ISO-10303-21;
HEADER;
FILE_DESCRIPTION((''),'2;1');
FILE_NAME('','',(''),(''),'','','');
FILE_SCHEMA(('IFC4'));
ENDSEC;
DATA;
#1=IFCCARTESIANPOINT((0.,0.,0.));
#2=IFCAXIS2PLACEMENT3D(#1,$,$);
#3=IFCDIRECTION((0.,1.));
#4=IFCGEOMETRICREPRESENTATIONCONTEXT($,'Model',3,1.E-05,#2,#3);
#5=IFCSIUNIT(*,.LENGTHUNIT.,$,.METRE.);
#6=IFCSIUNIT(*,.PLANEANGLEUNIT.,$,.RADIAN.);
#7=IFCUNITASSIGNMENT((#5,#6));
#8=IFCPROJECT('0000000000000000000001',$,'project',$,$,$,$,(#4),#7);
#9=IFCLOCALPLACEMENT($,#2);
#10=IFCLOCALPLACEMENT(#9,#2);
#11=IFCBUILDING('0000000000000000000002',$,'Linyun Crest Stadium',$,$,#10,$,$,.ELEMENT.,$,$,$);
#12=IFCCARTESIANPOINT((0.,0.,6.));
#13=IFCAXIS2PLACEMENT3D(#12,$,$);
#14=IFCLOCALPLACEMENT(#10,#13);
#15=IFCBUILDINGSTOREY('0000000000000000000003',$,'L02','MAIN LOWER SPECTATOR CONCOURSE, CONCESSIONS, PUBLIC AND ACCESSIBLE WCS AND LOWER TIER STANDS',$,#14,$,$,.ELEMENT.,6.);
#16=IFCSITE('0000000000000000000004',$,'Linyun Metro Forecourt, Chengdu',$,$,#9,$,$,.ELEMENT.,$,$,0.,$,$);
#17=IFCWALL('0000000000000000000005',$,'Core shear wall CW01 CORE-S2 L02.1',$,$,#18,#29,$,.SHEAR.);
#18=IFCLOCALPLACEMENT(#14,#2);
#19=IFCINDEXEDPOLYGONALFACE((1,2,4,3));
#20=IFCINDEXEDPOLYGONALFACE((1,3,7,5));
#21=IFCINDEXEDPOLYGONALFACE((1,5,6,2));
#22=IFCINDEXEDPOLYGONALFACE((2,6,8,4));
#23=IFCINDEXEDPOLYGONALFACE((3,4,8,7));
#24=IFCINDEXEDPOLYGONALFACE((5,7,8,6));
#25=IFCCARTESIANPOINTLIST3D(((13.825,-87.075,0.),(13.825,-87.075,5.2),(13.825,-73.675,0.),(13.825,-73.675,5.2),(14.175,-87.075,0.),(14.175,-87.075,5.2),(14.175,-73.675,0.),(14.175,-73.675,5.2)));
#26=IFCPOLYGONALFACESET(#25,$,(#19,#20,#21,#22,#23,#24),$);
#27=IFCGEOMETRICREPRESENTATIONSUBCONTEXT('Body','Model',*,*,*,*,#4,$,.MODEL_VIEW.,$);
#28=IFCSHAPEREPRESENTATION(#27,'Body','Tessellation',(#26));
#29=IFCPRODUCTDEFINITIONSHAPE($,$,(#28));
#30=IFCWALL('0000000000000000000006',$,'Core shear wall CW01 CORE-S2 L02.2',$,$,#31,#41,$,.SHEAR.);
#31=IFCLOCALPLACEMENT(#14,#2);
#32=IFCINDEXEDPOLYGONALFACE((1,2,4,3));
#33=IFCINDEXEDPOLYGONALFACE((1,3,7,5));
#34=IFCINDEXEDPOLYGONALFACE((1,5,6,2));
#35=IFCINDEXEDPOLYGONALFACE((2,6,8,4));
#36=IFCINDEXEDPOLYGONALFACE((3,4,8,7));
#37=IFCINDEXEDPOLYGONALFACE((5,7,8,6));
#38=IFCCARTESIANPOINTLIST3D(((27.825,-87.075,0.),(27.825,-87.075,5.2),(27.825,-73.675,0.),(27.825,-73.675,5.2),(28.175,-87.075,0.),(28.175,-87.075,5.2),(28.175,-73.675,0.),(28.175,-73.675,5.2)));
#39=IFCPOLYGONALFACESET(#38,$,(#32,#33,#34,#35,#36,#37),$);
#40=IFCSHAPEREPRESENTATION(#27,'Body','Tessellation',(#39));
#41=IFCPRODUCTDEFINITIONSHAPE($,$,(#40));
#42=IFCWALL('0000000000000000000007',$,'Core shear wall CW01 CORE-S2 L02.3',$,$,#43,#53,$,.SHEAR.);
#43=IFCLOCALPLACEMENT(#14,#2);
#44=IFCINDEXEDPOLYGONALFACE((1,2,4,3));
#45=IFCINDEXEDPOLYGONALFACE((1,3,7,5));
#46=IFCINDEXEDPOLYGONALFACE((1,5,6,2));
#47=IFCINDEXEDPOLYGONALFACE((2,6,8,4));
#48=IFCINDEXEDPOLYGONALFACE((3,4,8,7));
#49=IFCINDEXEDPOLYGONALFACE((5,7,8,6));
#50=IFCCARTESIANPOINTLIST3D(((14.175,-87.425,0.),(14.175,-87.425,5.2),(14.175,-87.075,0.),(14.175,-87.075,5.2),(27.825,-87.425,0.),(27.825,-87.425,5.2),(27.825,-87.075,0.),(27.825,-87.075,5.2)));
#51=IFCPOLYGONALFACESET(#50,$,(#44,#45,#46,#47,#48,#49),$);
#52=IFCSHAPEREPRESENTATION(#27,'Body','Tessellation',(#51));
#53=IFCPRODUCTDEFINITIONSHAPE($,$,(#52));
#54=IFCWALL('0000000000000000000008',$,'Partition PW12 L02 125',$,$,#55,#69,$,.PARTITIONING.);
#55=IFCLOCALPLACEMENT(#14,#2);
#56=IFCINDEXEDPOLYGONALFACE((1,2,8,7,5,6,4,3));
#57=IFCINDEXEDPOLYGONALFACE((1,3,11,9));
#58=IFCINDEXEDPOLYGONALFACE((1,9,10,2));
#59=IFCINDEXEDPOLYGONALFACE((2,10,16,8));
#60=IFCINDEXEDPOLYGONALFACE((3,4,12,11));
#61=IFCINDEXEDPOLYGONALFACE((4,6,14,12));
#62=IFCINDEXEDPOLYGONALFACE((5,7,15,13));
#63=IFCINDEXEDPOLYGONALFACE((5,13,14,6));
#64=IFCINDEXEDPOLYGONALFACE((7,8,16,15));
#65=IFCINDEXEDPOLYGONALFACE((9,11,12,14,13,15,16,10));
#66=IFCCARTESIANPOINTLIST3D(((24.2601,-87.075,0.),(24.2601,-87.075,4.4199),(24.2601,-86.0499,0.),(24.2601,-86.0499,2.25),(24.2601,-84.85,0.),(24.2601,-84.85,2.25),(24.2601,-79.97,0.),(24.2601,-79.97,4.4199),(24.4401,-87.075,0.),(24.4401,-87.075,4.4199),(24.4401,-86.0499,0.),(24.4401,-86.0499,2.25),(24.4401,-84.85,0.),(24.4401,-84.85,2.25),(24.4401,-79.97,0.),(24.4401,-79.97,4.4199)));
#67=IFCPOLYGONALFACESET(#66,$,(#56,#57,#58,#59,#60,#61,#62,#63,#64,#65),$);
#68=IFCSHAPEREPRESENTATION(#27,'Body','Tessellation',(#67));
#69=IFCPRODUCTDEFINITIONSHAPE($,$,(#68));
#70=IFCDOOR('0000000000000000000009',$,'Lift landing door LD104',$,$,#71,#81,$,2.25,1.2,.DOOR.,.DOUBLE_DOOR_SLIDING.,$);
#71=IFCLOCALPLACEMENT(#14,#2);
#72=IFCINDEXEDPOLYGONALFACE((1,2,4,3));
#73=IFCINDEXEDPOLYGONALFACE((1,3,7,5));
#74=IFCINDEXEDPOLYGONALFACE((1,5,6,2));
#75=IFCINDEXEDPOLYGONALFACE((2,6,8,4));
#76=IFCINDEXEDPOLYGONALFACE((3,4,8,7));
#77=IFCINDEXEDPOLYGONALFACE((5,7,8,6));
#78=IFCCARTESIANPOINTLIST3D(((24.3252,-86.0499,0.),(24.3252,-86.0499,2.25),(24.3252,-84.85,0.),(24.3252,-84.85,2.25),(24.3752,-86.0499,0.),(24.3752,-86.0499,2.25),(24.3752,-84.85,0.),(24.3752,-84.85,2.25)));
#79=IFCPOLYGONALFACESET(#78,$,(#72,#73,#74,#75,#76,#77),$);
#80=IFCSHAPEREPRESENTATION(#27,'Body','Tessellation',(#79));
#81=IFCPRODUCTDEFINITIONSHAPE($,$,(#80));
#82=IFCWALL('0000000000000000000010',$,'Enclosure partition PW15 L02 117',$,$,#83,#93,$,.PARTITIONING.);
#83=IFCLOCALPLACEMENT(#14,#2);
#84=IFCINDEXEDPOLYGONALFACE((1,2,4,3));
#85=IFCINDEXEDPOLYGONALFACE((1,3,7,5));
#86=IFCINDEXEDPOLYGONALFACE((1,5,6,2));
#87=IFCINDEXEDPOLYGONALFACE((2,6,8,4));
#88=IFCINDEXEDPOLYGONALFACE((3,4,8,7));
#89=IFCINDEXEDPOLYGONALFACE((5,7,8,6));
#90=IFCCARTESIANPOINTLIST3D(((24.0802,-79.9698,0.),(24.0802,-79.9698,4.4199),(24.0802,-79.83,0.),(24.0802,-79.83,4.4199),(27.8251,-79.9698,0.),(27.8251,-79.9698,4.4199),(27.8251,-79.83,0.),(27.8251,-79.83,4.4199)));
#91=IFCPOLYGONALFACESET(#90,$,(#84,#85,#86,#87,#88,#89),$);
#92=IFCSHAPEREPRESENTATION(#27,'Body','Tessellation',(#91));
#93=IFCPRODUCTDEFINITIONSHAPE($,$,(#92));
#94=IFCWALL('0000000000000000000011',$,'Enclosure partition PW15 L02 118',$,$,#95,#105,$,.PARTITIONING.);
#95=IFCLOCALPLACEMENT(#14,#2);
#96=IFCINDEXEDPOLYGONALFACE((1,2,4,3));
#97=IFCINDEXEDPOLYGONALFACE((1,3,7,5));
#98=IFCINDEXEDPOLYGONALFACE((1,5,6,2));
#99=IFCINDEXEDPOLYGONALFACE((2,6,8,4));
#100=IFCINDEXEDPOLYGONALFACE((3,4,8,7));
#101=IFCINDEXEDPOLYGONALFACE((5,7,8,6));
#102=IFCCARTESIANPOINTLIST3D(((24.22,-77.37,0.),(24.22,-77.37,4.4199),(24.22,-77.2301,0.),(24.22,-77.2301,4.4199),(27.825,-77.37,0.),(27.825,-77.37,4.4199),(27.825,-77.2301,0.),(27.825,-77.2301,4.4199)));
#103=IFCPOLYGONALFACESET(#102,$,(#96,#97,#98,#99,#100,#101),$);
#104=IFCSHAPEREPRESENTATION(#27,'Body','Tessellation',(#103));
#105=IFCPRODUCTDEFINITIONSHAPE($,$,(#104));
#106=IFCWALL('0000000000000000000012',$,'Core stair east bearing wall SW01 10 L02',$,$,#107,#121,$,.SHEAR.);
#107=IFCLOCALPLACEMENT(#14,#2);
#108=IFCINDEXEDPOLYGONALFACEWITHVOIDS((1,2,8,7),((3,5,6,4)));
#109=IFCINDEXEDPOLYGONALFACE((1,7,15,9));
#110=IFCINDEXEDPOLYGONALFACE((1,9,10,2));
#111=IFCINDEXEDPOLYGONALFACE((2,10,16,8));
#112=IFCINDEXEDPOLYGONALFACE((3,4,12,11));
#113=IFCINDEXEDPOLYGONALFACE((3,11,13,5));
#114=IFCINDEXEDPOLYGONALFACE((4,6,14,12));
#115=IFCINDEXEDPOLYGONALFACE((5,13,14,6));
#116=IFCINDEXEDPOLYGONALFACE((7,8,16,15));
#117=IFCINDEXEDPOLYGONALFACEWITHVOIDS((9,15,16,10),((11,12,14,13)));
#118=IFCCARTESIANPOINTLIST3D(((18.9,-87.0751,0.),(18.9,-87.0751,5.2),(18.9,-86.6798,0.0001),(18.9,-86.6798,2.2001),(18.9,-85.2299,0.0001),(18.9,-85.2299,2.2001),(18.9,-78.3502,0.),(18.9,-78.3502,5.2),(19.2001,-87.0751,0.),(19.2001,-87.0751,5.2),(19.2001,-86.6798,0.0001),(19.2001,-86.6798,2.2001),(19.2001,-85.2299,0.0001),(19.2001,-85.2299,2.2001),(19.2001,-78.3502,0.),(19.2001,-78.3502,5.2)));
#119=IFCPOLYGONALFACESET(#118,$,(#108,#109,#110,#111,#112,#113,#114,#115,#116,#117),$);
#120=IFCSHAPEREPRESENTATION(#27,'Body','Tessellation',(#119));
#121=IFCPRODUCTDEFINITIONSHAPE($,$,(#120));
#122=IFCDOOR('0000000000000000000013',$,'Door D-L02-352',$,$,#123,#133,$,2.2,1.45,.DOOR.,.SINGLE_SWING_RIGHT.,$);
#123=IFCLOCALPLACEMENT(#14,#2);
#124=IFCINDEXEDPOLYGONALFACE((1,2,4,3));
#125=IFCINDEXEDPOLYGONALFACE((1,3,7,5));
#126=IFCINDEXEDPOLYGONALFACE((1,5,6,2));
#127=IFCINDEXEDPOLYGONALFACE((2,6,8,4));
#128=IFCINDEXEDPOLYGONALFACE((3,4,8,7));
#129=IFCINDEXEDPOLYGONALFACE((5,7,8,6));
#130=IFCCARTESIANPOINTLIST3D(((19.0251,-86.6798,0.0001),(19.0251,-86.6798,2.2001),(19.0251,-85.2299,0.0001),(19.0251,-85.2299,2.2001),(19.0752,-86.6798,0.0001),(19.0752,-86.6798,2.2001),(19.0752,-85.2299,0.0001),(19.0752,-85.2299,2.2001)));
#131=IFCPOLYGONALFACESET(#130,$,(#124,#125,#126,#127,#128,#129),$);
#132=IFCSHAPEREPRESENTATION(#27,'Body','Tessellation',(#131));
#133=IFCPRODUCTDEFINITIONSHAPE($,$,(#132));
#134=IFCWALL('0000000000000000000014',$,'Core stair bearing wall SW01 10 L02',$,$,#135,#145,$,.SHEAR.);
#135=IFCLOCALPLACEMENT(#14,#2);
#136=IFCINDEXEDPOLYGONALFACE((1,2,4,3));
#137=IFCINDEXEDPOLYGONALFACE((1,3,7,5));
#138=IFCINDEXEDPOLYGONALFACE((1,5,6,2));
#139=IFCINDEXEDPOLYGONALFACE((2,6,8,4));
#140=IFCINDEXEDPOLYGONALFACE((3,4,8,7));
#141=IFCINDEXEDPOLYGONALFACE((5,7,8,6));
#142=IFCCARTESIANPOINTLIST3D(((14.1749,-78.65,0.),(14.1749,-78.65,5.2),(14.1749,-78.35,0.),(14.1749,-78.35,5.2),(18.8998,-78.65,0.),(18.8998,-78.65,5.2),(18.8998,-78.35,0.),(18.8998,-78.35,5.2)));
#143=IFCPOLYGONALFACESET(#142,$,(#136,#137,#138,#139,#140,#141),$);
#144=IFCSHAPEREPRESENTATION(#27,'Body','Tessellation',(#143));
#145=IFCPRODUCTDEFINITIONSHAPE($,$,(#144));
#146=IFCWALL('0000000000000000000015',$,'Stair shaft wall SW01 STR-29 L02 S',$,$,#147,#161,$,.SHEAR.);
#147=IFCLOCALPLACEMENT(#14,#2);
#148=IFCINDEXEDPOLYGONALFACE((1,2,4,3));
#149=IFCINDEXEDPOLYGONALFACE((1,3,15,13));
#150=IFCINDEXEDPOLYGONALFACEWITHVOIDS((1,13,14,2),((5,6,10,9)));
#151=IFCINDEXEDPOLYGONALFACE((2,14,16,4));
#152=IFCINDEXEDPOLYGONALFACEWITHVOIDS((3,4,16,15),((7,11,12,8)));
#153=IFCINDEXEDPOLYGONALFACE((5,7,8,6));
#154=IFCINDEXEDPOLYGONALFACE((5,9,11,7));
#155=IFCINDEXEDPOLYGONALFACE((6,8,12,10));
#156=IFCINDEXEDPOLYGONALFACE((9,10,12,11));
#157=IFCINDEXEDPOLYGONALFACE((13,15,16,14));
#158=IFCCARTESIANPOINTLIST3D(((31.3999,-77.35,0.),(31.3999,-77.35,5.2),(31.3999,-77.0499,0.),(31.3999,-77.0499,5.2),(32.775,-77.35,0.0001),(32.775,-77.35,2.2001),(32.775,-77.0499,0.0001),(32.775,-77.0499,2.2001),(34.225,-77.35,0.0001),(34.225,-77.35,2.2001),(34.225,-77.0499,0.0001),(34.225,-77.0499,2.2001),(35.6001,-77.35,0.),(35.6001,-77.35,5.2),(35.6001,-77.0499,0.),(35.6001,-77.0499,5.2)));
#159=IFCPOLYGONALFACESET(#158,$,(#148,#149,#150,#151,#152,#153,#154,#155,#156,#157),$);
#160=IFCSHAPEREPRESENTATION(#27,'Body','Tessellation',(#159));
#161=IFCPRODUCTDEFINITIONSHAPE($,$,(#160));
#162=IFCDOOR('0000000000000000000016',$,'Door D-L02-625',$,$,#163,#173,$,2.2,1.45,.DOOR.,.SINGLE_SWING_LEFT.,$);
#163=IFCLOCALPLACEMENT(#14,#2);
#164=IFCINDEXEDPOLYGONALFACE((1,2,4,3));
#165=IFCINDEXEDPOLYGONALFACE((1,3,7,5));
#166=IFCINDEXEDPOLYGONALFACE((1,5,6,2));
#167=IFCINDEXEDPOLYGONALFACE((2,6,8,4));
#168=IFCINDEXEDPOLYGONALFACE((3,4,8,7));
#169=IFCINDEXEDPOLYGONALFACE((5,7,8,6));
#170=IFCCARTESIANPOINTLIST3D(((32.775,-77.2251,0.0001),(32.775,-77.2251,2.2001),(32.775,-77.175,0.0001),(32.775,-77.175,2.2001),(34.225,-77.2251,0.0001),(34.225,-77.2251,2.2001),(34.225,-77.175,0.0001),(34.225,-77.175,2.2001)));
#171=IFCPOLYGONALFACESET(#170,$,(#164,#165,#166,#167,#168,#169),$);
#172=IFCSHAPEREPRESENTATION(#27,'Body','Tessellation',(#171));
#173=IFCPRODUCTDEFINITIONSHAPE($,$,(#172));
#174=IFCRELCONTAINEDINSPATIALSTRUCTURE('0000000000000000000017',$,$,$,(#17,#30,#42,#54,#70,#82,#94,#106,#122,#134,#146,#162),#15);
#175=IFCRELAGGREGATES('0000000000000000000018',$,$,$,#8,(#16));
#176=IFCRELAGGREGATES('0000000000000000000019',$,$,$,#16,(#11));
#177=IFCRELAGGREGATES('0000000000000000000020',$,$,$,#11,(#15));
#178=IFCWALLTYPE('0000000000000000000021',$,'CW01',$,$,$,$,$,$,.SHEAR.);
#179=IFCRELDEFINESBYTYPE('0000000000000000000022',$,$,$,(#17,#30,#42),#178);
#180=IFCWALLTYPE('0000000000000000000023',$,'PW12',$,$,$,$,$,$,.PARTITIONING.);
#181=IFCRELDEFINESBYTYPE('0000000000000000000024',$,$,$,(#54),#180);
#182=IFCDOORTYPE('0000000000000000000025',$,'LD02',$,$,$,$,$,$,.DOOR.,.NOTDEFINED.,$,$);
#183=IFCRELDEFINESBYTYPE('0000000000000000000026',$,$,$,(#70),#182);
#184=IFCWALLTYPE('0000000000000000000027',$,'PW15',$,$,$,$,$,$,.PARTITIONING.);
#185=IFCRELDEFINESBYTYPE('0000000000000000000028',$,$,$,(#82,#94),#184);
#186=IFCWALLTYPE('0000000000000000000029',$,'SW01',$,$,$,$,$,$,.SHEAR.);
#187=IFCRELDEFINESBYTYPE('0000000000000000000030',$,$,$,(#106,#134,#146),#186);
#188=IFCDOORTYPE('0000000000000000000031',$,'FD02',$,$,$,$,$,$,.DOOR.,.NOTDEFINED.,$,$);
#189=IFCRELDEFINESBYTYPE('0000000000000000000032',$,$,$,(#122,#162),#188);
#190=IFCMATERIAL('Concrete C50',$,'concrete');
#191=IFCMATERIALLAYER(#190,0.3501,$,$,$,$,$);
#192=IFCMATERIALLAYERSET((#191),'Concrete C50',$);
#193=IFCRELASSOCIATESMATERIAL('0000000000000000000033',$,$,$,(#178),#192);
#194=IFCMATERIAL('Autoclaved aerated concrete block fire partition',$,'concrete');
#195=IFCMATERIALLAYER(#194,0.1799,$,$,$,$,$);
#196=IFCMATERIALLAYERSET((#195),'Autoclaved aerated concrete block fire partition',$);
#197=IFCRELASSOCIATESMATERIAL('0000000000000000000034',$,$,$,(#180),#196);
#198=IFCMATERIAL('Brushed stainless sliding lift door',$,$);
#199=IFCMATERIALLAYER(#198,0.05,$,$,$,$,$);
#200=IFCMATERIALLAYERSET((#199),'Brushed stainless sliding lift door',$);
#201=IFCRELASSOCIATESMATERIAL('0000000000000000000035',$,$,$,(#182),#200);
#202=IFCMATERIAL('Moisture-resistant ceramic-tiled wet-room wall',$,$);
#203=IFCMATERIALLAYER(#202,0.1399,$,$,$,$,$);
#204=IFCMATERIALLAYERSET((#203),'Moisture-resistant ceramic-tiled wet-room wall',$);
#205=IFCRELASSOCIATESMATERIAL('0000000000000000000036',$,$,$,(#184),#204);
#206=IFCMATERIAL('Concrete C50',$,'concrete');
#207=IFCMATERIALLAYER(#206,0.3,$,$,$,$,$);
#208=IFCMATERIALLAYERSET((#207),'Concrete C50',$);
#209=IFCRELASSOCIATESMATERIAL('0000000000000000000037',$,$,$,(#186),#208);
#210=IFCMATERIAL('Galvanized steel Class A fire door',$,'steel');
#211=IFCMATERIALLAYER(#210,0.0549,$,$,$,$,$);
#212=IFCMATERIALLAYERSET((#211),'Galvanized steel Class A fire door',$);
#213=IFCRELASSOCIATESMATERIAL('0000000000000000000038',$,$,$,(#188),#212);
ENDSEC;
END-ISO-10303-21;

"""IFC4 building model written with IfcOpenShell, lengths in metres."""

from ifc_helpers import new_model, si_unit, direction, frame, frame_2d, origin, place, context, subcontext, project, spatial, rectangle, extrude, material, layer, layer_set, type_object, element, fill, save


model = new_model("IFC4")

# Units and contexts
model_context = context("Model", 3, precision=1e-05, world=origin(), true_north=direction((0.0, 1.0)))
body_context = subcontext(model_context, "Body", "Model", "MODEL_VIEW")
ifc_project = project(units=[si_unit("LENGTHUNIT", "METRE"), si_unit("PLANEANGLEUNIT", "RADIAN")], contexts=[model_context])

# Site, building, storey
site_placement = place(None, origin())
site = spatial("IfcSite", under=ifc_project, at=site_placement, Name="Linyun Metro Forecourt, Chengdu", CompositionType="ELEMENT", RefElevation=0.0)
building_placement = place(site_placement, origin())
building = spatial("IfcBuilding", under=site, at=building_placement, Name="Linyun Crest Stadium", CompositionType="ELEMENT")
storey_placement = place(building_placement, frame((0.0, 0.0, 6.0)))
storey = spatial("IfcBuildingStorey", under=building, at=storey_placement, Name="L02", Description="MAIN LOWER SPECTATOR CONCOURSE, CONCESSIONS, PUBLIC AND ACCESSIBLE WCS AND LOWER TIER STANDS", CompositionType="ELEMENT", Elevation=6.0)

# Walls
ifc_material_1 = material(Name="Concrete C50", Category="concrete")
ifc_layer_1 = layer(ifc_material_1, 0.3501)
ifc_layer_set_1 = layer_set([ifc_layer_1], Name="Concrete C50")
wall_type_1 = type_object("IfcWallType", Name="CW01", PredefinedType="SHEAR", material=ifc_layer_set_1)
for number, where, z_axis, x_axis, name in (
    (1, (14.0, -87.075, 0.0), (0.0, 0.0, 1.0), (0.0, 1.0, 0.0), "Core shear wall CW01 CORE-S2 L02.1"),
    (2, (28.0, -87.075, 0.0), (0.0, 0.0, 1.0), (0.0, 1.0, 0.0), "Core shear wall CW01 CORE-S2 L02.2"),
):
    element("IfcWall", number, at=place(storey_placement, frame(where, z_axis=z_axis, x_axis=x_axis)), inside=storey, type_object=wall_type_1, Name=name, PredefinedType="SHEAR", context=body_context, shape_type="SweptSolid", body=[
        extrude(rectangle(XDim=13.3999, YDim=0.3501, at=frame_2d((6.7, 0.0))), origin(), (0.0, 0.0, 1.0), 5.2),
    ])
wall_1_placement = place(storey_placement, frame((14.175, -87.25, 0.0), z_axis=(0.0, 0.0, 1.0), x_axis=(1.0, 0.0, 0.0)))
element("IfcWall", 3, at=wall_1_placement, inside=storey, type_object=wall_type_1, Name="Core shear wall CW01 CORE-S2 L02.3", PredefinedType="SHEAR", context=body_context, shape_type="SweptSolid", body=[
    extrude(rectangle(XDim=13.6499, YDim=0.3501, at=frame_2d((6.825, 0.0))), origin(), (0.0, 0.0, 1.0), 5.2),
])

# Wall, opening, door
ifc_material_2 = material(Name="Autoclaved aerated concrete block fire partition", Category="concrete")
ifc_layer_2 = layer(ifc_material_2, 0.1799)
ifc_layer_set_2 = layer_set([ifc_layer_2], Name="Autoclaved aerated concrete block fire partition")
wall_type_2 = type_object("IfcWallType", Name="PW12", PredefinedType="PARTITIONING", material=ifc_layer_set_2)
wall_2_placement = place(storey_placement, frame((24.3501, -87.075, 0.0), z_axis=(0.0, 0.0, 1.0), x_axis=(0.0, 1.0, 0.0)))
wall_2 = element("IfcWall", 4, at=wall_2_placement, inside=storey, type_object=wall_type_2, Name="Partition PW12 L02 125", PredefinedType="PARTITIONING", context=body_context, shape_type="SweptSolid", body=[
    extrude(rectangle(XDim=7.105, YDim=0.1799, at=frame_2d((3.5525, 0.0))), origin(), (0.0, 0.0, 1.0), 4.4199),
])
opening_1_placement = place(wall_2_placement, frame((1.0249, 0.0, 0.0)))
opening_1 = element("IfcOpeningElement", 5, at=opening_1_placement, cuts=wall_2, PredefinedType="OPENING", context=body_context, shape_type="SweptSolid", body=[
    extrude(rectangle(XDim=1.2, YDim=2.25, at=frame_2d((0.6001, 1.125))), frame((0.0, 0.0999, 0.0), z_axis=(0.0, -1.0, 0.0), x_axis=(1.0, 0.0, 0.0)), (0.0, 0.0, 1.0), 0.2),
])
ifc_material_3 = material(Name="Brushed stainless sliding lift door")
ifc_layer_3 = layer(ifc_material_3, 0.05)
ifc_layer_set_3 = layer_set([ifc_layer_3], Name="Brushed stainless sliding lift door")
door_type_1 = type_object("IfcDoorType", Name="LD02", OperationType="NOTDEFINED", PredefinedType="DOOR", material=ifc_layer_set_3)
door_1_placement = place(opening_1_placement, origin())
door_1 = element("IfcDoor", 6, at=door_1_placement, inside=storey, type_object=door_type_1, Name="Lift landing door LD104", OperationType="DOUBLE_DOOR_SLIDING", OverallHeight=2.25, OverallWidth=1.2, PredefinedType="DOOR", context=body_context, shape_type="SweptSolid", body=[
    extrude(rectangle(XDim=1.2, YDim=2.25, at=frame_2d((0.6001, 1.125))), frame((0.0, 0.0249, 0.0), z_axis=(0.0, -1.0, 0.0), x_axis=(1.0, 0.0, 0.0)), (0.0, 0.0, 1.0), 0.05),
])
fill(opening_1, door_1)

# Shared definitions
ifc_material_4 = material(Name="Moisture-resistant ceramic-tiled wet-room wall")
ifc_layer_4 = layer(ifc_material_4, 0.1399)
ifc_layer_set_4 = layer_set([ifc_layer_4], Name="Moisture-resistant ceramic-tiled wet-room wall")
wall_type_3 = type_object("IfcWallType", Name="PW15", PredefinedType="PARTITIONING", material=ifc_layer_set_4)

# Walls
wall_3_placement = place(storey_placement, frame((24.0801, -79.8999, 0.0), z_axis=(0.0, 0.0, 1.0), x_axis=(1.0, 0.0, 0.0)))
element("IfcWall", 7, at=wall_3_placement, inside=storey, type_object=wall_type_3, Name="Enclosure partition PW15 L02 117", PredefinedType="PARTITIONING", context=body_context, shape_type="SweptSolid", body=[
    extrude(rectangle(XDim=3.7449, YDim=0.1399, at=frame_2d((1.8726, 0.0))), origin(), (0.0, 0.0, 1.0), 4.4199),
])
wall_4_placement = place(storey_placement, frame((24.22, -77.3, 0.0), z_axis=(0.0, 0.0, 1.0), x_axis=(1.0, 0.0, 0.0)))
element("IfcWall", 8, at=wall_4_placement, inside=storey, type_object=wall_type_3, Name="Enclosure partition PW15 L02 118", PredefinedType="PARTITIONING", context=body_context, shape_type="SweptSolid", body=[
    extrude(rectangle(XDim=3.605, YDim=0.1399, at=frame_2d((1.8025, 0.0))), origin(), (0.0, 0.0, 1.0), 4.4199),
])

# Wall, opening, door
ifc_material_5 = material(Name="Concrete C50", Category="concrete")
ifc_layer_5 = layer(ifc_material_5, 0.3)
ifc_layer_set_5 = layer_set([ifc_layer_5], Name="Concrete C50")
wall_type_4 = type_object("IfcWallType", Name="SW01", PredefinedType="SHEAR", material=ifc_layer_set_5)
wall_5_placement = place(storey_placement, frame((19.05, -87.075, 0.0), z_axis=(0.0, 0.0, 1.0), x_axis=(0.0, 1.0, 0.0)))
wall_5 = element("IfcWall", 9, at=wall_5_placement, inside=storey, type_object=wall_type_4, Name="Core stair east bearing wall SW01 10 L02", PredefinedType="SHEAR", context=body_context, shape_type="SweptSolid", body=[
    extrude(rectangle(XDim=8.7249, YDim=0.3, at=frame_2d((4.3623, 0.0))), origin(), (0.0, 0.0, 1.0), 5.2),
])
opening_2_placement = place(wall_5_placement, frame((0.395, 0.0, 0.0)))
opening_2 = element("IfcOpeningElement", 10, at=opening_2_placement, cuts=wall_5, PredefinedType="OPENING", context=body_context, shape_type="SweptSolid", body=[
    extrude(rectangle(XDim=1.45, YDim=2.2, at=frame_2d((0.7251, 1.1001))), frame((0.0, 0.1599, 0.0), z_axis=(0.0, -1.0, 0.0), x_axis=(1.0, 0.0, 0.0)), (0.0, 0.0, 1.0), 0.3201),
])
ifc_material_6 = material(Name="Galvanized steel Class A fire door", Category="steel")
ifc_layer_6 = layer(ifc_material_6, 0.0549)
ifc_layer_set_6 = layer_set([ifc_layer_6], Name="Galvanized steel Class A fire door")
door_type_2 = type_object("IfcDoorType", Name="FD02", OperationType="NOTDEFINED", PredefinedType="DOOR", material=ifc_layer_set_6)
door_2_placement = place(opening_2_placement, origin())
door_2 = element("IfcDoor", 11, at=door_2_placement, inside=storey, type_object=door_type_2, Name="Door D-L02-352", OperationType="SINGLE_SWING_RIGHT", OverallHeight=2.2, OverallWidth=1.45, PredefinedType="DOOR", context=body_context, shape_type="SweptSolid", body=[
    extrude(rectangle(XDim=1.45, YDim=2.2, at=frame_2d((0.7251, 1.1001))), frame((0.0, 0.0249, 0.0), z_axis=(0.0, -1.0, 0.0), x_axis=(1.0, 0.0, 0.0)), (0.0, 0.0, 1.0), 0.05),
])
fill(opening_2, door_2)

# Wall
wall_6_placement = place(storey_placement, frame((14.175, -78.5, 0.0), z_axis=(0.0, 0.0, 1.0), x_axis=(1.0, 0.0, 0.0)))
element("IfcWall", 12, at=wall_6_placement, inside=storey, type_object=wall_type_4, Name="Core stair bearing wall SW01 10 L02", PredefinedType="SHEAR", context=body_context, shape_type="SweptSolid", body=[
    extrude(rectangle(XDim=4.7249, YDim=0.3, at=frame_2d((2.3623, 0.0))), origin(), (0.0, 0.0, 1.0), 5.2),
])

# Wall, opening, door
wall_7_placement = place(storey_placement, frame((31.3999, -77.2, 0.0), z_axis=(0.0, 0.0, 1.0), x_axis=(1.0, 0.0, 0.0)))
wall_7 = element("IfcWall", 13, at=wall_7_placement, inside=storey, type_object=wall_type_4, Name="Stair shaft wall SW01 STR-29 L02 S", PredefinedType="SHEAR", context=body_context, shape_type="SweptSolid", body=[
    extrude(rectangle(XDim=4.2002, YDim=0.3, at=frame_2d((2.1001, 0.0))), origin(), (0.0, 0.0, 1.0), 5.2),
])
opening_3_placement = place(wall_7_placement, frame((1.375, 0.0, 0.0)))
opening_3 = element("IfcOpeningElement", 14, at=opening_3_placement, cuts=wall_7, PredefinedType="OPENING", context=body_context, shape_type="SweptSolid", body=[
    extrude(rectangle(XDim=1.45, YDim=2.2, at=frame_2d((0.7251, 1.1001))), frame((0.0, 0.1599, 0.0), z_axis=(0.0, -1.0, 0.0), x_axis=(1.0, 0.0, 0.0)), (0.0, 0.0, 1.0), 0.3201),
])
door_3_placement = place(opening_3_placement, origin())
door_3 = element("IfcDoor", 15, at=door_3_placement, inside=storey, type_object=door_type_2, Name="Door D-L02-625", OperationType="SINGLE_SWING_LEFT", OverallHeight=2.2, OverallWidth=1.45, PredefinedType="DOOR", context=body_context, shape_type="SweptSolid", body=[
    extrude(rectangle(XDim=1.45, YDim=2.2, at=frame_2d((0.7251, 1.1001))), frame((0.0, 0.0249, 0.0), z_axis=(0.0, -1.0, 0.0), x_axis=(1.0, 0.0, 0.0)), (0.0, 0.0, 1.0), 0.05),
])
fill(opening_3, door_3)

save(model, "model.ifc")
